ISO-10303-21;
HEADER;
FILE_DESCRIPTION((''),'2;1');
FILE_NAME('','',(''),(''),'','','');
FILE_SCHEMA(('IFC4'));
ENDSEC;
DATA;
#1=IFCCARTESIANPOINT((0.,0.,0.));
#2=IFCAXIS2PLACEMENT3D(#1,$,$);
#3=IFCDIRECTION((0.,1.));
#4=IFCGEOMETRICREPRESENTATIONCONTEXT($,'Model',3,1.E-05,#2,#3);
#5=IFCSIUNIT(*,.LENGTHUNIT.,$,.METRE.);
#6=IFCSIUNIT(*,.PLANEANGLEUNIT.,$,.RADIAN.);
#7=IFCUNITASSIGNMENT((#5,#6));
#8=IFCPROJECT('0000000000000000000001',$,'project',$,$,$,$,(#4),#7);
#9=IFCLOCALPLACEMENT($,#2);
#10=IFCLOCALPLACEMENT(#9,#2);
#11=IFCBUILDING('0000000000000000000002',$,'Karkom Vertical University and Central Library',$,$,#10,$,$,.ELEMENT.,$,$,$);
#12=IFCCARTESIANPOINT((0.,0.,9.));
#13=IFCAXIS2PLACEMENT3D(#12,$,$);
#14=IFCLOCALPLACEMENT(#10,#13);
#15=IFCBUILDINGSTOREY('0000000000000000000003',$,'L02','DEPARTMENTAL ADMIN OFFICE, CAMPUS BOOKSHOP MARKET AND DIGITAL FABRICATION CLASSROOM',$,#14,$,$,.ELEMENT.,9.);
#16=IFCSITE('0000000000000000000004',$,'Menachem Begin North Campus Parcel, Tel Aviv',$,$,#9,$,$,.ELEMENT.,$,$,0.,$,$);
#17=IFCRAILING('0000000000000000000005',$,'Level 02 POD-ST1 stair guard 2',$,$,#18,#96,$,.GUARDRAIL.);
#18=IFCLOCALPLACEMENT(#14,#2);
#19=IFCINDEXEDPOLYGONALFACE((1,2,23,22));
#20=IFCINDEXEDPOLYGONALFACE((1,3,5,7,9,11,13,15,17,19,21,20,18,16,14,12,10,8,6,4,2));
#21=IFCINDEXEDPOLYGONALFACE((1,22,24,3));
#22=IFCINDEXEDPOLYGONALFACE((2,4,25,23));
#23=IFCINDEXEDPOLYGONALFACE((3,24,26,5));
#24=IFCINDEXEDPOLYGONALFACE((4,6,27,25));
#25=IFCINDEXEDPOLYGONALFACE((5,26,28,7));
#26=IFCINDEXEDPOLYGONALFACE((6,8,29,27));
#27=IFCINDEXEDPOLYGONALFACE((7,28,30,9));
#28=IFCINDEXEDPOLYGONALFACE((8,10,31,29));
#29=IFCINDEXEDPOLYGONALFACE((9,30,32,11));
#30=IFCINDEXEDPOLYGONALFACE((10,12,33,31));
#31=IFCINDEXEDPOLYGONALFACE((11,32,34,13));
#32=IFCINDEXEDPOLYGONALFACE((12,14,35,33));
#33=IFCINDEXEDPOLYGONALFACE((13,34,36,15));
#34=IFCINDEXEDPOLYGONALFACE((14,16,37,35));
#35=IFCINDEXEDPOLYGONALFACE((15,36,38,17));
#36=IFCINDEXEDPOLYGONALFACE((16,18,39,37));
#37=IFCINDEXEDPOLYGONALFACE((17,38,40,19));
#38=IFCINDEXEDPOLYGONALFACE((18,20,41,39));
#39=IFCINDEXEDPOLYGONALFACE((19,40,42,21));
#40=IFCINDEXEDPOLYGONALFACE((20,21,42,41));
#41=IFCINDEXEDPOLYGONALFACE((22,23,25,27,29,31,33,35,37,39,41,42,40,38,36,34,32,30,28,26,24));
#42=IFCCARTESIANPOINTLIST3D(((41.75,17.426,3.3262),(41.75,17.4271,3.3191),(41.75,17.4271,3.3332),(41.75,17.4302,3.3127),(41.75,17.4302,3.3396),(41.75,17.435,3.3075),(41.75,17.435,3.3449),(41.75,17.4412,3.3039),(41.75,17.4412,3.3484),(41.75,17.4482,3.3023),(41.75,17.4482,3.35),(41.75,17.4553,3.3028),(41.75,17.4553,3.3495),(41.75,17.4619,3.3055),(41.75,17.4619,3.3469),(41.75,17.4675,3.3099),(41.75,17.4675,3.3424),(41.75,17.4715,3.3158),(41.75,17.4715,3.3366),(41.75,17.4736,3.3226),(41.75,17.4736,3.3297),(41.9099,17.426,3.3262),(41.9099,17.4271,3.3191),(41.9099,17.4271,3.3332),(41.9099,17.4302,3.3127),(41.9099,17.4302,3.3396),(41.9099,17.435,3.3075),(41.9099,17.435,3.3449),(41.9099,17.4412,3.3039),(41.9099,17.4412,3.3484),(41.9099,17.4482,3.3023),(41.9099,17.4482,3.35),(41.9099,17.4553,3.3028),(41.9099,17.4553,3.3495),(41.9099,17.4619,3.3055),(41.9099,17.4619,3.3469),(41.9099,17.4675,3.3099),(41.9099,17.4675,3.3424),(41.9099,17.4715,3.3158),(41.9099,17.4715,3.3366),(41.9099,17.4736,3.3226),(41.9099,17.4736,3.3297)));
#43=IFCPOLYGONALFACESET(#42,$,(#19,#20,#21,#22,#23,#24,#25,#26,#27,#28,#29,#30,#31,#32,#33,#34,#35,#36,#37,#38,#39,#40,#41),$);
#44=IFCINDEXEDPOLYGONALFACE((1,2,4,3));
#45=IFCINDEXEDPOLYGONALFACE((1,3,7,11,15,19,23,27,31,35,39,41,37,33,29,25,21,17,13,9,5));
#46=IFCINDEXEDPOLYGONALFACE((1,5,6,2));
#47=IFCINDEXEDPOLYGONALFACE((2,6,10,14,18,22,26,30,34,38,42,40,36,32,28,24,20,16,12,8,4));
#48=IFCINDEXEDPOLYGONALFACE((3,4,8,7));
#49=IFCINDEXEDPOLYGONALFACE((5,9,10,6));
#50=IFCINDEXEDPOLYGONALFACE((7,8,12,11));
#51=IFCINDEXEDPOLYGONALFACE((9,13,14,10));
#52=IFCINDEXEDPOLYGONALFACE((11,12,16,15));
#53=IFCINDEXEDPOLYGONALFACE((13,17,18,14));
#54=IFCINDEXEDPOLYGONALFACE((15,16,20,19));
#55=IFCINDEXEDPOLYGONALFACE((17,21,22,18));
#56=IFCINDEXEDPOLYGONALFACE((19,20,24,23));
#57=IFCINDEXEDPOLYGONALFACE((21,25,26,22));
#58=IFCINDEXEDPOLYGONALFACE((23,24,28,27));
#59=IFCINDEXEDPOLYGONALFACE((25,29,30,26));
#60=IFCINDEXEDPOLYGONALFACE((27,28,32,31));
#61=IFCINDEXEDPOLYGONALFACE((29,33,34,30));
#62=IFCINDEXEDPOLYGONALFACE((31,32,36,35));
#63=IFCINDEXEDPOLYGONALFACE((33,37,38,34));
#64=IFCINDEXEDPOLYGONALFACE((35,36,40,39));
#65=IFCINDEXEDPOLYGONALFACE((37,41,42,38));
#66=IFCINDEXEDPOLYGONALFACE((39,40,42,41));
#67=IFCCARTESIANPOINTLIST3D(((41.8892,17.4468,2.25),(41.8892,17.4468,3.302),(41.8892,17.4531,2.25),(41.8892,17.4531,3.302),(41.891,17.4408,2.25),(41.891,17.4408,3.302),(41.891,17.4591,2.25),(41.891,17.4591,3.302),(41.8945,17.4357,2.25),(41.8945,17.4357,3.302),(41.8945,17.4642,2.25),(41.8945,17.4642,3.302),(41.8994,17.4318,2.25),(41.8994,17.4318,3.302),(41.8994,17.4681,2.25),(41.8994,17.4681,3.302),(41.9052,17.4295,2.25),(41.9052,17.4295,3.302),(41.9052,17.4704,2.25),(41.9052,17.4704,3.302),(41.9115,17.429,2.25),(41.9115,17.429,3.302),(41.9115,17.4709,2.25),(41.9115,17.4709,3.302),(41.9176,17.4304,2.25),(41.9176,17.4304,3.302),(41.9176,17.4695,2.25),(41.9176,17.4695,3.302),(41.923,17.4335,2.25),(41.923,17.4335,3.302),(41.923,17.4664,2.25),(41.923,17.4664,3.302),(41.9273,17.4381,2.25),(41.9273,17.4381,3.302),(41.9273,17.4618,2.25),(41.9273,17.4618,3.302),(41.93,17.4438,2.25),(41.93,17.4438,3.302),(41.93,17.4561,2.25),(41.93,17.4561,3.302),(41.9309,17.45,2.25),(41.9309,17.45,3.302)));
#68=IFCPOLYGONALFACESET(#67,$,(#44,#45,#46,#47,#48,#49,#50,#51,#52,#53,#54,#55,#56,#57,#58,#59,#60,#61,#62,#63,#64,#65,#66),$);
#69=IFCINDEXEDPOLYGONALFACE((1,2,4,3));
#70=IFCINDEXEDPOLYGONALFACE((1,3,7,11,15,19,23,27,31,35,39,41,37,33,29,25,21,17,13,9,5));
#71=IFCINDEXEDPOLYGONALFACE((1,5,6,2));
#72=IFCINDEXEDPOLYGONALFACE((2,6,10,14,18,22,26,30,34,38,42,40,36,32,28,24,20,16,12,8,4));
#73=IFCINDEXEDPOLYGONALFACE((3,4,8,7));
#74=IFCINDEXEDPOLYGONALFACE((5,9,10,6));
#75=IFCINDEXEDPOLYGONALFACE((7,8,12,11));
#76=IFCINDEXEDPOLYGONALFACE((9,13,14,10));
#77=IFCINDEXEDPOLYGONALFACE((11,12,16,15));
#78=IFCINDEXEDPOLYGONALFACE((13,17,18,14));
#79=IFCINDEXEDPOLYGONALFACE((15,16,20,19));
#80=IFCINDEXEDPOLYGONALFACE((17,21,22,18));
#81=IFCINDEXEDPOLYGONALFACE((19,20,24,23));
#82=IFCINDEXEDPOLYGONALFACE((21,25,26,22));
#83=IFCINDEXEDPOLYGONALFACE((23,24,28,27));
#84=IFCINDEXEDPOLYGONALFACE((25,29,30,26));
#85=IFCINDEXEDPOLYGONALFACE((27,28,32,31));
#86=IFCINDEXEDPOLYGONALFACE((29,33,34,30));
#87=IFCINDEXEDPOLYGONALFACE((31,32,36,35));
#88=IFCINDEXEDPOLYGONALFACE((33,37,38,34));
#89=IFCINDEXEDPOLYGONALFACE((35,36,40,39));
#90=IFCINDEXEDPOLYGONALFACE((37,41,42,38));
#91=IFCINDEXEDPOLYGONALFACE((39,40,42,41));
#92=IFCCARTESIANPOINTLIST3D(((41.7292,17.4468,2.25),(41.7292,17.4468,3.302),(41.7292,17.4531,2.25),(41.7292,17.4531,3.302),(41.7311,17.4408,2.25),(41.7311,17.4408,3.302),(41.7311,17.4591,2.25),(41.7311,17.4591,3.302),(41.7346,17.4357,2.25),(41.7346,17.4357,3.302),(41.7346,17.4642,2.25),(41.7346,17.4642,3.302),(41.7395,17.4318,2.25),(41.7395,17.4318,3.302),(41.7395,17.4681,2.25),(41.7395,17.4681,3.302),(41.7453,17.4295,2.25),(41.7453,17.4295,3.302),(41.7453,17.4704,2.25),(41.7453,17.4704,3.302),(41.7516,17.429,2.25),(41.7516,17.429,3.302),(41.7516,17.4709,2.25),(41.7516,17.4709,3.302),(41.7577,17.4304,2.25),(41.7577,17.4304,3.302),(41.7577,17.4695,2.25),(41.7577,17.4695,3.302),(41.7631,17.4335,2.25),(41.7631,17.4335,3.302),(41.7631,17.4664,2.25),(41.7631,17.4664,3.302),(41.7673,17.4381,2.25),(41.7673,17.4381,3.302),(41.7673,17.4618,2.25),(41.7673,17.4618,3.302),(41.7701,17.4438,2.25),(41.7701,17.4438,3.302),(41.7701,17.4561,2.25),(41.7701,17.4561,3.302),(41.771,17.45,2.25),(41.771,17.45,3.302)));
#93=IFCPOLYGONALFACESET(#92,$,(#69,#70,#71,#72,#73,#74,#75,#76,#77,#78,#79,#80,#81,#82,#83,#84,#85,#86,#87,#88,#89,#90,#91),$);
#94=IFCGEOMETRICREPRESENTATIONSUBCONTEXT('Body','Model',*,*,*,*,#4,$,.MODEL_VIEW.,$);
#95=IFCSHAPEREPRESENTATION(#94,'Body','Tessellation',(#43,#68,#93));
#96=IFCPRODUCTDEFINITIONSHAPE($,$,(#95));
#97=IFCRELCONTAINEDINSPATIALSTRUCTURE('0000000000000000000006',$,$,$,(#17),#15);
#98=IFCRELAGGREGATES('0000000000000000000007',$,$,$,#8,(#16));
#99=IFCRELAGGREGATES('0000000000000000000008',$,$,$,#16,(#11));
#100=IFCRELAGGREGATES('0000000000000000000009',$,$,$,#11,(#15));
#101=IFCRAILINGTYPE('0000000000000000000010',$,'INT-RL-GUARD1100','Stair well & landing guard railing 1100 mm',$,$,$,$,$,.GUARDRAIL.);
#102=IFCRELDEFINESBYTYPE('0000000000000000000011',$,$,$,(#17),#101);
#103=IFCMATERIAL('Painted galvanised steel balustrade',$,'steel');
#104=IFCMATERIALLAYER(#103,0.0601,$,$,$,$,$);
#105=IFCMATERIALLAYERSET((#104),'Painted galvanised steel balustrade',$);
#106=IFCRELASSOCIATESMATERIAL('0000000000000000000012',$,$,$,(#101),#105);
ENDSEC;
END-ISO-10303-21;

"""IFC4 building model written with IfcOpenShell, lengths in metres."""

from ifc_helpers import new_model, si_unit, direction, frame, origin, origin_2d, place, context, subcontext, project, spatial, circle, extrude, material, layer, layer_set, type_object, element, save


model = new_model("IFC4")

# Units and contexts
model_context = context("Model", 3, precision=1e-05, world=origin(), true_north=direction((0.0, 1.0)))
body_context = subcontext(model_context, "Body", "Model", "MODEL_VIEW")
ifc_project = project(units=[si_unit("LENGTHUNIT", "METRE"), si_unit("PLANEANGLEUNIT", "RADIAN")], contexts=[model_context])

# Site, building, storey
site_placement = place(None, origin())
site = spatial("IfcSite", under=ifc_project, at=site_placement, Name="Menachem Begin North Campus Parcel, Tel Aviv", CompositionType="ELEMENT", RefElevation=0.0)
building_placement = place(site_placement, origin())
building = spatial("IfcBuilding", under=site, at=building_placement, Name="Karkom Vertical University and Central Library", CompositionType="ELEMENT")
storey_placement = place(building_placement, frame((0.0, 0.0, 9.0)))
storey = spatial("IfcBuildingStorey", under=building, at=storey_placement, Name="L02", Description="DEPARTMENTAL ADMIN OFFICE, CAMPUS BOOKSHOP MARKET AND DIGITAL FABRICATION CLASSROOM", CompositionType="ELEMENT", Elevation=9.0)

# Railing
ifc_material_1 = material(Name="Painted galvanised steel balustrade", Category="steel")
ifc_layer_1 = layer(ifc_material_1, 0.0601)
ifc_layer_set_1 = layer_set([ifc_layer_1], Name="Painted galvanised steel balustrade")
railing_type_1 = type_object("IfcRailingType", Name="INT-RL-GUARD1100", Description="Stair well & landing guard railing 1100 mm", PredefinedType="GUARDRAIL", material=ifc_layer_set_1)
railing_1_placement = place(storey_placement, frame((41.9099, 17.45, 2.25)))
element("IfcRailing", 1, at=railing_1_placement, inside=storey, type_object=railing_type_1, Name="Level 02 POD-ST1 stair guard 2", PredefinedType="GUARDRAIL", context=body_context, shape_type="SweptSolid", body=[
    extrude(circle(Radius=0.0239, at=origin_2d()), frame((0.0, 0.0, 1.0762), z_axis=(-1.0, 0.0, 0.0), x_axis=(0.0, -1.0, 0.0)), (0.0, 0.0, 1.0), 0.1599),
    extrude(circle(Radius=0.021, at=origin_2d()), origin(), (0.0, 0.0, 1.0), 1.052),
    extrude(circle(Radius=0.021, at=origin_2d()), frame((-0.1599, 0.0, 0.0)), (0.0, 0.0, 1.0), 1.052),
])

save(model, "model.ifc")
